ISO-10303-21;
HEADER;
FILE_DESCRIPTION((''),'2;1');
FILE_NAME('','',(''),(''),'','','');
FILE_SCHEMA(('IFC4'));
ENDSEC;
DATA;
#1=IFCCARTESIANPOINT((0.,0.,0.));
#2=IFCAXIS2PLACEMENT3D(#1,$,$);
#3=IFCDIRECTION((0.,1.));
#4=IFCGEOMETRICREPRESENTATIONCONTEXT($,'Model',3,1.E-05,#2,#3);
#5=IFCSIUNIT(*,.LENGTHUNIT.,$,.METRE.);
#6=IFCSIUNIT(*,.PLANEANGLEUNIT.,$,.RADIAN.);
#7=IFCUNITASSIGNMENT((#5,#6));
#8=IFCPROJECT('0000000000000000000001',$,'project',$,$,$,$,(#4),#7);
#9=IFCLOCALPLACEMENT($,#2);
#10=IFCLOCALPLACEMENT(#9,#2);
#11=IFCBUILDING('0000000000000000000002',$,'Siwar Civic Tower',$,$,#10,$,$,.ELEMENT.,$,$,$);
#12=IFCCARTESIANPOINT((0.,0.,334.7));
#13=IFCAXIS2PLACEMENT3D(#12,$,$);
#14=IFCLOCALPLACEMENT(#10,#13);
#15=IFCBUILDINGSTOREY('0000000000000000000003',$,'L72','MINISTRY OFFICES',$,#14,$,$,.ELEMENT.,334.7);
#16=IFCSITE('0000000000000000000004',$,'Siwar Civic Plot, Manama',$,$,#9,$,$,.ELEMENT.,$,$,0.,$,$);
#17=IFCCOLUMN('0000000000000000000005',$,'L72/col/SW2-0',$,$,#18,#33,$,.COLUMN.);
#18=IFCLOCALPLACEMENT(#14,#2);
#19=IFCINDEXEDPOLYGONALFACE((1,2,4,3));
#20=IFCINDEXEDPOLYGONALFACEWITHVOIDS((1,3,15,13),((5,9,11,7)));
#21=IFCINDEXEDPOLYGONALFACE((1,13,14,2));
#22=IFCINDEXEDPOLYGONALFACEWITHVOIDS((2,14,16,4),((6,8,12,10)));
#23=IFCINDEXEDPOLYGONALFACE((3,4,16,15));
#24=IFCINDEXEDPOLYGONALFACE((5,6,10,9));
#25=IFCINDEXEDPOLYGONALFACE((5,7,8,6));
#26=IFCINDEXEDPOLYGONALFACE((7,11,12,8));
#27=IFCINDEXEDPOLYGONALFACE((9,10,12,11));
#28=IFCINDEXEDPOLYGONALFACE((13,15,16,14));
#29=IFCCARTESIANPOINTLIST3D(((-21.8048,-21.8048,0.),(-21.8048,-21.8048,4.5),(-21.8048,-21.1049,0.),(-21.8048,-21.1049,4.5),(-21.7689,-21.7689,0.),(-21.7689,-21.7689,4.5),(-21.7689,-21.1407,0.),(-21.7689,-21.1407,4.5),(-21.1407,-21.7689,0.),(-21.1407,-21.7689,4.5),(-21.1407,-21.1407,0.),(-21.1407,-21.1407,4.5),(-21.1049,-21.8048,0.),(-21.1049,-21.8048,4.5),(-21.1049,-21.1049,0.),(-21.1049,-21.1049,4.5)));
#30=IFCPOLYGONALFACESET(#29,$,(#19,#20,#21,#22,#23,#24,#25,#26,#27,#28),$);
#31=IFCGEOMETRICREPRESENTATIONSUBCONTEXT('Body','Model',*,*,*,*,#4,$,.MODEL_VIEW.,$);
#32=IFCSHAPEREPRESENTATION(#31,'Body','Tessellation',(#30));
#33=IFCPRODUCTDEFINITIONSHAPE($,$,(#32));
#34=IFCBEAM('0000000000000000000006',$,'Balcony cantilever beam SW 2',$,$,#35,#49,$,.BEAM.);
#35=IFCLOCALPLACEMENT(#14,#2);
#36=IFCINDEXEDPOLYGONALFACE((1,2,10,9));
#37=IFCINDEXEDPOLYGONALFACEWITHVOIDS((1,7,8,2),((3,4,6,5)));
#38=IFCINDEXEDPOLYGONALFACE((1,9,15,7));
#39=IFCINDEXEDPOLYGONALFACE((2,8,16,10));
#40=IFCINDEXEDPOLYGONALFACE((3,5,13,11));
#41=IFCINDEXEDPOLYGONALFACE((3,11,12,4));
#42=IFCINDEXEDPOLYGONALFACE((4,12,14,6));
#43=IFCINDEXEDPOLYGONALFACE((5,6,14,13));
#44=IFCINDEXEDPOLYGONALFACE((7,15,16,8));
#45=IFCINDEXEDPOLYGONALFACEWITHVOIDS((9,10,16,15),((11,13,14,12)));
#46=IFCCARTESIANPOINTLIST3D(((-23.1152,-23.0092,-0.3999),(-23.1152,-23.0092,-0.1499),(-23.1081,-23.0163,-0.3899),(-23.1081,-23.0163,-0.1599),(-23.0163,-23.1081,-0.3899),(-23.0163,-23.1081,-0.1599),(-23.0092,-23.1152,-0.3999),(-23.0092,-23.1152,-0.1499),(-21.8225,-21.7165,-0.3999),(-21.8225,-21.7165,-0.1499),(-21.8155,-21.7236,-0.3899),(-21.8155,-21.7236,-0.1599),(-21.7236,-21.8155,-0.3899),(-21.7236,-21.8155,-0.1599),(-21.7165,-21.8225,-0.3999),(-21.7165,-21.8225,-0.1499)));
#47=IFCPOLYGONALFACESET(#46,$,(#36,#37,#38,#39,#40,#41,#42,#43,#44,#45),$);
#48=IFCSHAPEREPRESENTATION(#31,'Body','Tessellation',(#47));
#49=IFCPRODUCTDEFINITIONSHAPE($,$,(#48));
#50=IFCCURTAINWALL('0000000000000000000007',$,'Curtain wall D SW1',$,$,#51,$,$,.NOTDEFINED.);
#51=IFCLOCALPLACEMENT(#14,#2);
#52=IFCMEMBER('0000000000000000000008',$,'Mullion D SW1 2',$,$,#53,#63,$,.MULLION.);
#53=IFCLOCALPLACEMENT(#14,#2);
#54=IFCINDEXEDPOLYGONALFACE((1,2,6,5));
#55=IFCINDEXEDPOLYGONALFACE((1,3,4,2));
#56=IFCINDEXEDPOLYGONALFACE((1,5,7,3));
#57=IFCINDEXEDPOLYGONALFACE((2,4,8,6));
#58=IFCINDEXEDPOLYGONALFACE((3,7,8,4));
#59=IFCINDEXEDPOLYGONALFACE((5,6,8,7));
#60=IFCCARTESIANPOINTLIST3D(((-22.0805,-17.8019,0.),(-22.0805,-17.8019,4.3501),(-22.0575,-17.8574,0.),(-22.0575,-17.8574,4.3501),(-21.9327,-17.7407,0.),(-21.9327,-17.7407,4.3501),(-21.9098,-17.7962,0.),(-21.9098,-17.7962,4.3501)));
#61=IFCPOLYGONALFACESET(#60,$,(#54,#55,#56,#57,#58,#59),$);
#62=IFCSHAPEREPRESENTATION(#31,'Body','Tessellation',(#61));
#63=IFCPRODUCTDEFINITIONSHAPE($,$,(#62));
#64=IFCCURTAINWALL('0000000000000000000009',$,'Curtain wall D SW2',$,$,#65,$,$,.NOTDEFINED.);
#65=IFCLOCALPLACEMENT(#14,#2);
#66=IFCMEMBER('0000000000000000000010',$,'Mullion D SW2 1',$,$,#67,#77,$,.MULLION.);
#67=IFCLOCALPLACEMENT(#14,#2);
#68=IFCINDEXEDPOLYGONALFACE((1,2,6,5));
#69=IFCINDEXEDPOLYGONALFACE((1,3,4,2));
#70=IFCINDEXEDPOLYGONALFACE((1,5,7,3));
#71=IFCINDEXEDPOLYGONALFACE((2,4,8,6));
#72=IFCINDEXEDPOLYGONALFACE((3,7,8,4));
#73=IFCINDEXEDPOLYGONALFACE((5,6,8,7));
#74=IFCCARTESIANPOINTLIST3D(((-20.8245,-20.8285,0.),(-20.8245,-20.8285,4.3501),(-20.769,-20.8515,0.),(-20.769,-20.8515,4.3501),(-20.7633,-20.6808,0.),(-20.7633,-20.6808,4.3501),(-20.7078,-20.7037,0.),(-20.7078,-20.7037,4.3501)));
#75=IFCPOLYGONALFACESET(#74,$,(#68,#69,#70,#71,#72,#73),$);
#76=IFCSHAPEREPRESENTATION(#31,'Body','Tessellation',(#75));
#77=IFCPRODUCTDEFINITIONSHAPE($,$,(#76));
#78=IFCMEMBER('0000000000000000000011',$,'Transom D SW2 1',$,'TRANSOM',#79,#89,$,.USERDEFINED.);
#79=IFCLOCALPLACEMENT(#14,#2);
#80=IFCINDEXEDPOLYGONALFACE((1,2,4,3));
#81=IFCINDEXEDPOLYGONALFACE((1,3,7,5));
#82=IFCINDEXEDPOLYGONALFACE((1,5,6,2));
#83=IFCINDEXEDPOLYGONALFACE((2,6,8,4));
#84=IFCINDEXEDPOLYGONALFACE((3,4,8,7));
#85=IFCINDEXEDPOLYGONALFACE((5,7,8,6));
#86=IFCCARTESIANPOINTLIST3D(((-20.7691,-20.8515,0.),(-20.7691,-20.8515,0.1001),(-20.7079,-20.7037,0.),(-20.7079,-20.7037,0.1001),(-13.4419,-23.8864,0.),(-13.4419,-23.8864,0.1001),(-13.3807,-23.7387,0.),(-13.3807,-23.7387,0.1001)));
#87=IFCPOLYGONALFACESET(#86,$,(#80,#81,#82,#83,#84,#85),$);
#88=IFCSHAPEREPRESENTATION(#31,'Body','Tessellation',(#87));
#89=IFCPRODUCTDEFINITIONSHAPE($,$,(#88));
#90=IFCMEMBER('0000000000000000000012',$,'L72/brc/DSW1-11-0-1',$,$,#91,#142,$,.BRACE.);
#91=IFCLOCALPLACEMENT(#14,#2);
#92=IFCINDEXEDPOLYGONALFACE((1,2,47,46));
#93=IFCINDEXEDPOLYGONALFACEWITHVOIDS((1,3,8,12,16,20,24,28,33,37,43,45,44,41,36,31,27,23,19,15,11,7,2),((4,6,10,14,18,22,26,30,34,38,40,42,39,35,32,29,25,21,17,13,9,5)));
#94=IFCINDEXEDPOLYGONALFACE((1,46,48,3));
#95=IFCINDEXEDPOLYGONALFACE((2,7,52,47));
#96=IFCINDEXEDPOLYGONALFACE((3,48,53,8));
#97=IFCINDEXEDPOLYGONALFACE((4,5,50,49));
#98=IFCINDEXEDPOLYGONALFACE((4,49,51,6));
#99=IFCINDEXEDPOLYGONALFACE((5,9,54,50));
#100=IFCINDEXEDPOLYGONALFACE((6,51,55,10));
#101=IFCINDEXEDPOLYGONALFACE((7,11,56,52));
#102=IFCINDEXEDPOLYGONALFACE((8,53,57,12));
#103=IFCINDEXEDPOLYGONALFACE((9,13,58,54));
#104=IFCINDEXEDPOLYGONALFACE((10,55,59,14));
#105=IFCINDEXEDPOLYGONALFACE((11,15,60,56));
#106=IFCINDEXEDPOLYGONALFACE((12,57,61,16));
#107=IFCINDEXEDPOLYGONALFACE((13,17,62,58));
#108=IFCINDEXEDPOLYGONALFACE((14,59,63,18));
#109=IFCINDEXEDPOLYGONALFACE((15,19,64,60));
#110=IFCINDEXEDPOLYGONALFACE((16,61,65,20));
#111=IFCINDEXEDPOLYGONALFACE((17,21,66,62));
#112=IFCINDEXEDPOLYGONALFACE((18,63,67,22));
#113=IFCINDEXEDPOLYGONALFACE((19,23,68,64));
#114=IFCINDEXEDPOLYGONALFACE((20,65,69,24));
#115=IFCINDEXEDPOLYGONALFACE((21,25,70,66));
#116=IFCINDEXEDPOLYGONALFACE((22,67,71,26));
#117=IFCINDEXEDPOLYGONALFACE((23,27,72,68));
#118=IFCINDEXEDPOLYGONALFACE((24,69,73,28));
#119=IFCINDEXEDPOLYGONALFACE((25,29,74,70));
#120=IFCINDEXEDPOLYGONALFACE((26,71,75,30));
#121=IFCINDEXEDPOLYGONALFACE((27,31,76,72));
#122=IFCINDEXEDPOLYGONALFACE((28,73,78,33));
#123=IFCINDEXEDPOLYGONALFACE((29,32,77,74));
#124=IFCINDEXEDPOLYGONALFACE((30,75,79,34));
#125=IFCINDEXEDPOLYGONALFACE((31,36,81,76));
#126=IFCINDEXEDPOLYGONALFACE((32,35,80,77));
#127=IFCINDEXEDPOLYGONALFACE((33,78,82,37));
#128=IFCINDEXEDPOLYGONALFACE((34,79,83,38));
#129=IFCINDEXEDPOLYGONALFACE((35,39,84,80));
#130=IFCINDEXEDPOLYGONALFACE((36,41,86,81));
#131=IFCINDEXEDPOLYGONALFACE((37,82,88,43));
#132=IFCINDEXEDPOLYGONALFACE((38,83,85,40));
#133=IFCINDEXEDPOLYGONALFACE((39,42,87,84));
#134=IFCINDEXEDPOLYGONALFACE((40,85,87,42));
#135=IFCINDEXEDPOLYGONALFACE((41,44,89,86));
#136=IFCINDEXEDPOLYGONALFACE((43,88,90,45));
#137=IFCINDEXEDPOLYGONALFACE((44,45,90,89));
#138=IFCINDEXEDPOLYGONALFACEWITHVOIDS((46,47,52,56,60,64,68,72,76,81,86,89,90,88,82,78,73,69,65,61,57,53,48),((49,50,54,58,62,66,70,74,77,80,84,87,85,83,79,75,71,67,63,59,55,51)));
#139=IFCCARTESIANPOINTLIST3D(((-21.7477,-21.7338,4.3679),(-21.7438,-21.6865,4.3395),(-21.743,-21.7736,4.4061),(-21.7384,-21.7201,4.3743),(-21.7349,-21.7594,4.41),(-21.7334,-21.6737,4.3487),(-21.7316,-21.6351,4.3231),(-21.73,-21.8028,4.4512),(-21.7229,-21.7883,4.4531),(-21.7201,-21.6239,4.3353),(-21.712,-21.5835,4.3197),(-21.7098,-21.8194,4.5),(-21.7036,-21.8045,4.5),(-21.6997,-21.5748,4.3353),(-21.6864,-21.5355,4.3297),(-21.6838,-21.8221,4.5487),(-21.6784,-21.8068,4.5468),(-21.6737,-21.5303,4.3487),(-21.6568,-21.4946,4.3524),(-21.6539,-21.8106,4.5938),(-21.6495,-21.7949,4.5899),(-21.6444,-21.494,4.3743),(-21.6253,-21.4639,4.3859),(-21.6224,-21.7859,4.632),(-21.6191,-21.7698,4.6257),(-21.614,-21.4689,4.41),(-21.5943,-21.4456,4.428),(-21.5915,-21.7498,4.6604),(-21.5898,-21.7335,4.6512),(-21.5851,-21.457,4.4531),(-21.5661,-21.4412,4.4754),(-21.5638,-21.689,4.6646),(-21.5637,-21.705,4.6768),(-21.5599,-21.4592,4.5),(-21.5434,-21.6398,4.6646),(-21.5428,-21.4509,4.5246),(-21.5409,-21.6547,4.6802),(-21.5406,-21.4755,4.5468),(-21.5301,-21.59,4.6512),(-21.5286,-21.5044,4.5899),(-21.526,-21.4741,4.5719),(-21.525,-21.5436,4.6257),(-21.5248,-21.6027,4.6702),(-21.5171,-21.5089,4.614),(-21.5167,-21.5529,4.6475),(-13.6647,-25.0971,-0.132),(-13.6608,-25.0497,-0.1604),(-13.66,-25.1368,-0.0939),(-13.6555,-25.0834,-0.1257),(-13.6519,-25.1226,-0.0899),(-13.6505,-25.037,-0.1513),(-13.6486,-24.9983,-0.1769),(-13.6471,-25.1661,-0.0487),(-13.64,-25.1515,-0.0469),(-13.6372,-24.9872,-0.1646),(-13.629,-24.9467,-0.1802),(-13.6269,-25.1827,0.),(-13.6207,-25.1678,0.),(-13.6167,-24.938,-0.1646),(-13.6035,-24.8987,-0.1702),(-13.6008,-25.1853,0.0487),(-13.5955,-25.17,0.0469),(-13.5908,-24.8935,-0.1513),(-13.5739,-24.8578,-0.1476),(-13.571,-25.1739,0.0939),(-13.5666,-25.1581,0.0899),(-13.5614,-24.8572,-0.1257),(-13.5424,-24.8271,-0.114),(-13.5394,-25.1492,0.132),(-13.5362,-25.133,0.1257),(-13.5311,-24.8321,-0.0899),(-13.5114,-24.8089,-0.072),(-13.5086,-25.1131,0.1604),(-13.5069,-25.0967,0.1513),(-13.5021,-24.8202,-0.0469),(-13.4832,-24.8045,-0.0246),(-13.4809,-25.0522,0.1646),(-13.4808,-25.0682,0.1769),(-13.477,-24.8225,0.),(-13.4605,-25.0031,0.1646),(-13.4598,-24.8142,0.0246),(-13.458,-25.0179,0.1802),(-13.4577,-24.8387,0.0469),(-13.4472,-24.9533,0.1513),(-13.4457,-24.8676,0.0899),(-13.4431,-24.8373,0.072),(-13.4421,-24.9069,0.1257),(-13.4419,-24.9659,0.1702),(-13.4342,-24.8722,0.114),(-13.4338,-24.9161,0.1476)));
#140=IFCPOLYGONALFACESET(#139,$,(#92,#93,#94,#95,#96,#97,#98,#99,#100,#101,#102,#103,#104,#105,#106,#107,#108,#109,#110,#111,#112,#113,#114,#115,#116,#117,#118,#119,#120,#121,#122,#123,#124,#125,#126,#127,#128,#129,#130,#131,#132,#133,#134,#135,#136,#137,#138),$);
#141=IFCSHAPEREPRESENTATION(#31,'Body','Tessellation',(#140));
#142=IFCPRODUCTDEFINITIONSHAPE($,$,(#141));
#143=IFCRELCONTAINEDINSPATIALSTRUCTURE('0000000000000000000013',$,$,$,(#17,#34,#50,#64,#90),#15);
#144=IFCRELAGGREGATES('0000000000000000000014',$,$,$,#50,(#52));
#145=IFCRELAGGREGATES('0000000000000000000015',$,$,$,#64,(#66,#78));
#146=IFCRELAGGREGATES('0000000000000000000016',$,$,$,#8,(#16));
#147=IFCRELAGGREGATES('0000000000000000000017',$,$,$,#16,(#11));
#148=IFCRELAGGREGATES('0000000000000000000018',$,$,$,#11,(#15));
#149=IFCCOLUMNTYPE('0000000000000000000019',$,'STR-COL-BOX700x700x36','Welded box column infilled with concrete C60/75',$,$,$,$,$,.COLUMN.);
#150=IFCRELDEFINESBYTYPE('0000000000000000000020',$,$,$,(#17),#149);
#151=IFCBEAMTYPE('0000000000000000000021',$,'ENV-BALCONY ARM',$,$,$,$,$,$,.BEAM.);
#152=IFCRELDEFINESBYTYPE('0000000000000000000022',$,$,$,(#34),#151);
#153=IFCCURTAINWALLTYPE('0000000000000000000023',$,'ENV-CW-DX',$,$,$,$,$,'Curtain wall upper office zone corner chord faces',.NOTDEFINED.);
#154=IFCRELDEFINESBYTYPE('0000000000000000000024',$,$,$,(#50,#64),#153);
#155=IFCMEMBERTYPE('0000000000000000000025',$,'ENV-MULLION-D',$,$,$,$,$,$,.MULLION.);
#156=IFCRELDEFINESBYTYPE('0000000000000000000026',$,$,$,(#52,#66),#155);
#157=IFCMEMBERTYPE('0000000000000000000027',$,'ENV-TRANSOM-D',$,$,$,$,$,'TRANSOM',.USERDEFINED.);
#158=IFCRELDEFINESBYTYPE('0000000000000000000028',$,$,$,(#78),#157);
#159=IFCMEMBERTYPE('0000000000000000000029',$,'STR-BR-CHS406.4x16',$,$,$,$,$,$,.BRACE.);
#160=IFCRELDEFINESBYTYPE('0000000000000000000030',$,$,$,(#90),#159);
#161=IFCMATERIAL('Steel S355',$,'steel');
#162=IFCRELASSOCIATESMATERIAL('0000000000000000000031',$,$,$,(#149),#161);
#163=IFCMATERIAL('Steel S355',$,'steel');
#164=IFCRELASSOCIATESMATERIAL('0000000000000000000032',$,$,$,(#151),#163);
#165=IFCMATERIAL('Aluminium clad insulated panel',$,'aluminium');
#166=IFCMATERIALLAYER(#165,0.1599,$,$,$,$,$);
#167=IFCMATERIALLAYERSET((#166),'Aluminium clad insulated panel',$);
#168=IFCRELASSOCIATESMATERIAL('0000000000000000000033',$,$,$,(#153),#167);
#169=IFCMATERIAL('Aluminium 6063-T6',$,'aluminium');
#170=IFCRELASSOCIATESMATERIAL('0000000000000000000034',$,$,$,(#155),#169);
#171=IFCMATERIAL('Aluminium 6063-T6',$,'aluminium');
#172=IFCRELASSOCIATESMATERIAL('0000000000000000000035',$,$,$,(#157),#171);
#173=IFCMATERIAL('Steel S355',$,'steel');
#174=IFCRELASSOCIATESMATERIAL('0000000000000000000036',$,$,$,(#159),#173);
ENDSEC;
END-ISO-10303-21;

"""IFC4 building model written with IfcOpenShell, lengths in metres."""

from ifc_helpers import new_model, si_unit, direction, frame, origin, origin_2d, place, context, subcontext, project, spatial, rectangle, hollow_rectangle, hollow_circle, extrude, material, layer, layer_set, material_profile, profile_set, type_object, element, aggregate, save


model = new_model("IFC4")

# Units and contexts
model_context = context("Model", 3, precision=1e-05, world=origin(), true_north=direction((0.0, 1.0)))
body_context = subcontext(model_context, "Body", "Model", "MODEL_VIEW")
ifc_project = project(units=[si_unit("LENGTHUNIT", "METRE"), si_unit("PLANEANGLEUNIT", "RADIAN")], contexts=[model_context])

# Site, building, storey
site_placement = place(None, origin())
site = spatial("IfcSite", under=ifc_project, at=site_placement, Name="Siwar Civic Plot, Manama", CompositionType="ELEMENT", RefElevation=0.0)
building_placement = place(site_placement, origin())
building = spatial("IfcBuilding", under=site, at=building_placement, Name="Siwar Civic Tower", CompositionType="ELEMENT")
storey_placement = place(building_placement, frame((0.0, 0.0, 334.7)))
storey = spatial("IfcBuildingStorey", under=building, at=storey_placement, Name="L72", Description="MINISTRY OFFICES", CompositionType="ELEMENT", Elevation=334.7)

# Column
ifc_material_1 = material(Name="Steel S355", Category="steel")
ifc_material_profile_1 = material_profile(ifc_material_1, hollow_rectangle(XDim=0.7, YDim=0.7, WallThickness=0.0359, at=origin_2d()), Name="BOX700x700x36")
ifc_profile_set_1 = profile_set([ifc_material_profile_1], Name="Steel S355")
column_type = type_object("IfcColumnType", Name="STR-COL-BOX700x700x36", Description="Welded box column infilled with concrete C60/75", PredefinedType="COLUMN", material=ifc_profile_set_1)
column_placement = place(storey_placement, frame((-21.4548, -21.4548, 0.0), z_axis=(0.0, 0.0, 1.0), x_axis=(1.0, 0.0, 0.0)))
element("IfcColumn", 1, at=column_placement, inside=storey, type_object=column_type, Name="L72/col/SW2-0", PredefinedType="COLUMN", context=body_context, shape_type="SweptSolid", body=[
    extrude(hollow_rectangle(XDim=0.7, YDim=0.7, WallThickness=0.0359, at=origin_2d()), origin(), (0.0, 0.0, 1.0), 4.5),
])

# Beam
ifc_material_2 = material(Name="Steel S355", Category="steel")
ifc_material_profile_2 = material_profile(ifc_material_2, hollow_rectangle(XDim=0.1499, YDim=0.25, WallThickness=0.01, at=origin_2d()), Name="RHS250x150x10")
ifc_profile_set_2 = profile_set([ifc_material_profile_2], Name="Steel S355")
beam_type_1 = type_object("IfcBeamType", Name="ENV-BALCONY ARM", PredefinedType="BEAM", material=ifc_profile_set_2)
beam_1_placement = place(storey_placement, frame((-21.7695, -21.7695, -0.2749), z_axis=(-0.707107, -0.707107, 0.0), x_axis=(0.707107, -0.707107, 0.0)))
element("IfcBeam", 2, at=beam_1_placement, inside=storey, type_object=beam_type_1, Name="Balcony cantilever beam SW 2", PredefinedType="BEAM", context=body_context, shape_type="SweptSolid", body=[
    extrude(hollow_rectangle(XDim=0.1499, YDim=0.25, WallThickness=0.01, at=origin_2d()), origin(), (0.0, 0.0, 1.0), 1.8281),
])

# Curtain wall, member
ifc_material_3 = material(Name="Aluminium clad insulated panel", Category="aluminium")
ifc_layer_1 = layer(ifc_material_3, 0.1599)
ifc_layer_set_1 = layer_set([ifc_layer_1], Name="Aluminium clad insulated panel")
curtain_wall_type = type_object("IfcCurtainWallType", Name="ENV-CW-DX", ElementType="Curtain wall upper office zone corner chord faces", PredefinedType="NOTDEFINED", material=ifc_layer_set_1)
curtain_wall_1_placement = place(storey_placement, origin())
curtain_wall_1 = element("IfcCurtainWall", 3, at=curtain_wall_1_placement, inside=storey, type_object=curtain_wall_type, Name="Curtain wall D SW1", PredefinedType="NOTDEFINED")
ifc_material_4 = material(Name="Aluminium 6063-T6", Category="aluminium")
ifc_material_profile_3 = material_profile(ifc_material_4, rectangle(XDim=0.1599, YDim=0.0601, at=origin_2d()), Name="AL 160x60")
ifc_profile_set_3 = profile_set([ifc_material_profile_3], Name="Aluminium 6063-T6")
member_type_1 = type_object("IfcMemberType", Name="ENV-MULLION-D", PredefinedType="MULLION", material=ifc_profile_set_3)
member_1_placement = place(storey_placement, frame((-21.9951, -17.7991, 0.0), z_axis=(0.0, 0.0, 1.0), x_axis=(0.92388, 0.382683, 0.0)))
member_1 = element("IfcMember", 4, at=member_1_placement, type_object=member_type_1, Name="Mullion D SW1 2", PredefinedType="MULLION", context=body_context, shape_type="SweptSolid", body=[
    extrude(rectangle(XDim=0.1599, YDim=0.0601, at=origin_2d()), origin(), (0.0, 0.0, 1.0), 4.3501),
])
aggregate(curtain_wall_1, [member_1])

# Curtain wall, members
curtain_wall_2_placement = place(storey_placement, origin())
curtain_wall_2 = element("IfcCurtainWall", 5, at=curtain_wall_2_placement, inside=storey, type_object=curtain_wall_type, Name="Curtain wall D SW2", PredefinedType="NOTDEFINED")
member_2_placement = place(storey_placement, frame((-20.7661, -20.7661, 0.0), z_axis=(0.0, 0.0, 1.0), x_axis=(0.382683, 0.92388, 0.0)))
member_2 = element("IfcMember", 6, at=member_2_placement, type_object=member_type_1, Name="Mullion D SW2 1", PredefinedType="MULLION", context=body_context, shape_type="SweptSolid", body=[
    extrude(rectangle(XDim=0.1599, YDim=0.0601, at=origin_2d()), origin(), (0.0, 0.0, 1.0), 4.3501),
])
ifc_material_5 = material(Name="Aluminium 6063-T6", Category="aluminium")
ifc_material_profile_4 = material_profile(ifc_material_5, rectangle(XDim=0.1599, YDim=0.1001, at=origin_2d()), Name="AL 160x100")
ifc_profile_set_4 = profile_set([ifc_material_profile_4], Name="Aluminium 6063-T6")
member_type_2 = type_object("IfcMemberType", Name="ENV-TRANSOM-D", ElementType="TRANSOM", PredefinedType="USERDEFINED", material=ifc_profile_set_4)
member_3_placement = place(storey_placement, frame((-20.7385, -20.7776, 0.05), z_axis=(0.923884, -0.382674, 0.0), x_axis=(0.382674, 0.923884, 0.0)))
member_3 = element("IfcMember", 7, at=member_3_placement, type_object=member_type_2, Name="Transom D SW2 1", ObjectType="TRANSOM", PredefinedType="USERDEFINED", context=body_context, shape_type="SweptSolid", body=[
    extrude(rectangle(XDim=0.1599, YDim=0.1001, at=origin_2d()), origin(), (0.0, 0.0, 1.0), 7.9309),
])

# Member
ifc_material_6 = material(Name="Steel S355", Category="steel")
ifc_material_profile_5 = material_profile(ifc_material_6, hollow_circle(Radius=0.2031, WallThickness=0.0161, at=origin_2d()), Name="CHS406.4x16")
ifc_profile_set_5 = profile_set([ifc_material_profile_5], Name="Steel S355")
member_type_3 = type_object("IfcMemberType", Name="STR-BR-CHS406.4x16", PredefinedType="BRACE", material=ifc_profile_set_5)
member_4_placement = place(storey_placement, frame((-13.5488, -24.9951, 0.0), z_axis=(-0.821143, 0.341671, 0.457149), x_axis=(-0.384164, -0.923265, 0.0)))
element("IfcMember", 8, at=member_4_placement, inside=storey, type_object=member_type_3, Name="L72/brc/DSW1-11-0-1", PredefinedType="BRACE", context=body_context, shape_type="SweptSolid", body=[
    extrude(hollow_circle(Radius=0.2031, WallThickness=0.0161, at=origin_2d()), origin(), (0.0, 0.0, 1.0), 9.8435),
])

aggregate(curtain_wall_2, [member_2, member_3])

save(model, "model.ifc")
